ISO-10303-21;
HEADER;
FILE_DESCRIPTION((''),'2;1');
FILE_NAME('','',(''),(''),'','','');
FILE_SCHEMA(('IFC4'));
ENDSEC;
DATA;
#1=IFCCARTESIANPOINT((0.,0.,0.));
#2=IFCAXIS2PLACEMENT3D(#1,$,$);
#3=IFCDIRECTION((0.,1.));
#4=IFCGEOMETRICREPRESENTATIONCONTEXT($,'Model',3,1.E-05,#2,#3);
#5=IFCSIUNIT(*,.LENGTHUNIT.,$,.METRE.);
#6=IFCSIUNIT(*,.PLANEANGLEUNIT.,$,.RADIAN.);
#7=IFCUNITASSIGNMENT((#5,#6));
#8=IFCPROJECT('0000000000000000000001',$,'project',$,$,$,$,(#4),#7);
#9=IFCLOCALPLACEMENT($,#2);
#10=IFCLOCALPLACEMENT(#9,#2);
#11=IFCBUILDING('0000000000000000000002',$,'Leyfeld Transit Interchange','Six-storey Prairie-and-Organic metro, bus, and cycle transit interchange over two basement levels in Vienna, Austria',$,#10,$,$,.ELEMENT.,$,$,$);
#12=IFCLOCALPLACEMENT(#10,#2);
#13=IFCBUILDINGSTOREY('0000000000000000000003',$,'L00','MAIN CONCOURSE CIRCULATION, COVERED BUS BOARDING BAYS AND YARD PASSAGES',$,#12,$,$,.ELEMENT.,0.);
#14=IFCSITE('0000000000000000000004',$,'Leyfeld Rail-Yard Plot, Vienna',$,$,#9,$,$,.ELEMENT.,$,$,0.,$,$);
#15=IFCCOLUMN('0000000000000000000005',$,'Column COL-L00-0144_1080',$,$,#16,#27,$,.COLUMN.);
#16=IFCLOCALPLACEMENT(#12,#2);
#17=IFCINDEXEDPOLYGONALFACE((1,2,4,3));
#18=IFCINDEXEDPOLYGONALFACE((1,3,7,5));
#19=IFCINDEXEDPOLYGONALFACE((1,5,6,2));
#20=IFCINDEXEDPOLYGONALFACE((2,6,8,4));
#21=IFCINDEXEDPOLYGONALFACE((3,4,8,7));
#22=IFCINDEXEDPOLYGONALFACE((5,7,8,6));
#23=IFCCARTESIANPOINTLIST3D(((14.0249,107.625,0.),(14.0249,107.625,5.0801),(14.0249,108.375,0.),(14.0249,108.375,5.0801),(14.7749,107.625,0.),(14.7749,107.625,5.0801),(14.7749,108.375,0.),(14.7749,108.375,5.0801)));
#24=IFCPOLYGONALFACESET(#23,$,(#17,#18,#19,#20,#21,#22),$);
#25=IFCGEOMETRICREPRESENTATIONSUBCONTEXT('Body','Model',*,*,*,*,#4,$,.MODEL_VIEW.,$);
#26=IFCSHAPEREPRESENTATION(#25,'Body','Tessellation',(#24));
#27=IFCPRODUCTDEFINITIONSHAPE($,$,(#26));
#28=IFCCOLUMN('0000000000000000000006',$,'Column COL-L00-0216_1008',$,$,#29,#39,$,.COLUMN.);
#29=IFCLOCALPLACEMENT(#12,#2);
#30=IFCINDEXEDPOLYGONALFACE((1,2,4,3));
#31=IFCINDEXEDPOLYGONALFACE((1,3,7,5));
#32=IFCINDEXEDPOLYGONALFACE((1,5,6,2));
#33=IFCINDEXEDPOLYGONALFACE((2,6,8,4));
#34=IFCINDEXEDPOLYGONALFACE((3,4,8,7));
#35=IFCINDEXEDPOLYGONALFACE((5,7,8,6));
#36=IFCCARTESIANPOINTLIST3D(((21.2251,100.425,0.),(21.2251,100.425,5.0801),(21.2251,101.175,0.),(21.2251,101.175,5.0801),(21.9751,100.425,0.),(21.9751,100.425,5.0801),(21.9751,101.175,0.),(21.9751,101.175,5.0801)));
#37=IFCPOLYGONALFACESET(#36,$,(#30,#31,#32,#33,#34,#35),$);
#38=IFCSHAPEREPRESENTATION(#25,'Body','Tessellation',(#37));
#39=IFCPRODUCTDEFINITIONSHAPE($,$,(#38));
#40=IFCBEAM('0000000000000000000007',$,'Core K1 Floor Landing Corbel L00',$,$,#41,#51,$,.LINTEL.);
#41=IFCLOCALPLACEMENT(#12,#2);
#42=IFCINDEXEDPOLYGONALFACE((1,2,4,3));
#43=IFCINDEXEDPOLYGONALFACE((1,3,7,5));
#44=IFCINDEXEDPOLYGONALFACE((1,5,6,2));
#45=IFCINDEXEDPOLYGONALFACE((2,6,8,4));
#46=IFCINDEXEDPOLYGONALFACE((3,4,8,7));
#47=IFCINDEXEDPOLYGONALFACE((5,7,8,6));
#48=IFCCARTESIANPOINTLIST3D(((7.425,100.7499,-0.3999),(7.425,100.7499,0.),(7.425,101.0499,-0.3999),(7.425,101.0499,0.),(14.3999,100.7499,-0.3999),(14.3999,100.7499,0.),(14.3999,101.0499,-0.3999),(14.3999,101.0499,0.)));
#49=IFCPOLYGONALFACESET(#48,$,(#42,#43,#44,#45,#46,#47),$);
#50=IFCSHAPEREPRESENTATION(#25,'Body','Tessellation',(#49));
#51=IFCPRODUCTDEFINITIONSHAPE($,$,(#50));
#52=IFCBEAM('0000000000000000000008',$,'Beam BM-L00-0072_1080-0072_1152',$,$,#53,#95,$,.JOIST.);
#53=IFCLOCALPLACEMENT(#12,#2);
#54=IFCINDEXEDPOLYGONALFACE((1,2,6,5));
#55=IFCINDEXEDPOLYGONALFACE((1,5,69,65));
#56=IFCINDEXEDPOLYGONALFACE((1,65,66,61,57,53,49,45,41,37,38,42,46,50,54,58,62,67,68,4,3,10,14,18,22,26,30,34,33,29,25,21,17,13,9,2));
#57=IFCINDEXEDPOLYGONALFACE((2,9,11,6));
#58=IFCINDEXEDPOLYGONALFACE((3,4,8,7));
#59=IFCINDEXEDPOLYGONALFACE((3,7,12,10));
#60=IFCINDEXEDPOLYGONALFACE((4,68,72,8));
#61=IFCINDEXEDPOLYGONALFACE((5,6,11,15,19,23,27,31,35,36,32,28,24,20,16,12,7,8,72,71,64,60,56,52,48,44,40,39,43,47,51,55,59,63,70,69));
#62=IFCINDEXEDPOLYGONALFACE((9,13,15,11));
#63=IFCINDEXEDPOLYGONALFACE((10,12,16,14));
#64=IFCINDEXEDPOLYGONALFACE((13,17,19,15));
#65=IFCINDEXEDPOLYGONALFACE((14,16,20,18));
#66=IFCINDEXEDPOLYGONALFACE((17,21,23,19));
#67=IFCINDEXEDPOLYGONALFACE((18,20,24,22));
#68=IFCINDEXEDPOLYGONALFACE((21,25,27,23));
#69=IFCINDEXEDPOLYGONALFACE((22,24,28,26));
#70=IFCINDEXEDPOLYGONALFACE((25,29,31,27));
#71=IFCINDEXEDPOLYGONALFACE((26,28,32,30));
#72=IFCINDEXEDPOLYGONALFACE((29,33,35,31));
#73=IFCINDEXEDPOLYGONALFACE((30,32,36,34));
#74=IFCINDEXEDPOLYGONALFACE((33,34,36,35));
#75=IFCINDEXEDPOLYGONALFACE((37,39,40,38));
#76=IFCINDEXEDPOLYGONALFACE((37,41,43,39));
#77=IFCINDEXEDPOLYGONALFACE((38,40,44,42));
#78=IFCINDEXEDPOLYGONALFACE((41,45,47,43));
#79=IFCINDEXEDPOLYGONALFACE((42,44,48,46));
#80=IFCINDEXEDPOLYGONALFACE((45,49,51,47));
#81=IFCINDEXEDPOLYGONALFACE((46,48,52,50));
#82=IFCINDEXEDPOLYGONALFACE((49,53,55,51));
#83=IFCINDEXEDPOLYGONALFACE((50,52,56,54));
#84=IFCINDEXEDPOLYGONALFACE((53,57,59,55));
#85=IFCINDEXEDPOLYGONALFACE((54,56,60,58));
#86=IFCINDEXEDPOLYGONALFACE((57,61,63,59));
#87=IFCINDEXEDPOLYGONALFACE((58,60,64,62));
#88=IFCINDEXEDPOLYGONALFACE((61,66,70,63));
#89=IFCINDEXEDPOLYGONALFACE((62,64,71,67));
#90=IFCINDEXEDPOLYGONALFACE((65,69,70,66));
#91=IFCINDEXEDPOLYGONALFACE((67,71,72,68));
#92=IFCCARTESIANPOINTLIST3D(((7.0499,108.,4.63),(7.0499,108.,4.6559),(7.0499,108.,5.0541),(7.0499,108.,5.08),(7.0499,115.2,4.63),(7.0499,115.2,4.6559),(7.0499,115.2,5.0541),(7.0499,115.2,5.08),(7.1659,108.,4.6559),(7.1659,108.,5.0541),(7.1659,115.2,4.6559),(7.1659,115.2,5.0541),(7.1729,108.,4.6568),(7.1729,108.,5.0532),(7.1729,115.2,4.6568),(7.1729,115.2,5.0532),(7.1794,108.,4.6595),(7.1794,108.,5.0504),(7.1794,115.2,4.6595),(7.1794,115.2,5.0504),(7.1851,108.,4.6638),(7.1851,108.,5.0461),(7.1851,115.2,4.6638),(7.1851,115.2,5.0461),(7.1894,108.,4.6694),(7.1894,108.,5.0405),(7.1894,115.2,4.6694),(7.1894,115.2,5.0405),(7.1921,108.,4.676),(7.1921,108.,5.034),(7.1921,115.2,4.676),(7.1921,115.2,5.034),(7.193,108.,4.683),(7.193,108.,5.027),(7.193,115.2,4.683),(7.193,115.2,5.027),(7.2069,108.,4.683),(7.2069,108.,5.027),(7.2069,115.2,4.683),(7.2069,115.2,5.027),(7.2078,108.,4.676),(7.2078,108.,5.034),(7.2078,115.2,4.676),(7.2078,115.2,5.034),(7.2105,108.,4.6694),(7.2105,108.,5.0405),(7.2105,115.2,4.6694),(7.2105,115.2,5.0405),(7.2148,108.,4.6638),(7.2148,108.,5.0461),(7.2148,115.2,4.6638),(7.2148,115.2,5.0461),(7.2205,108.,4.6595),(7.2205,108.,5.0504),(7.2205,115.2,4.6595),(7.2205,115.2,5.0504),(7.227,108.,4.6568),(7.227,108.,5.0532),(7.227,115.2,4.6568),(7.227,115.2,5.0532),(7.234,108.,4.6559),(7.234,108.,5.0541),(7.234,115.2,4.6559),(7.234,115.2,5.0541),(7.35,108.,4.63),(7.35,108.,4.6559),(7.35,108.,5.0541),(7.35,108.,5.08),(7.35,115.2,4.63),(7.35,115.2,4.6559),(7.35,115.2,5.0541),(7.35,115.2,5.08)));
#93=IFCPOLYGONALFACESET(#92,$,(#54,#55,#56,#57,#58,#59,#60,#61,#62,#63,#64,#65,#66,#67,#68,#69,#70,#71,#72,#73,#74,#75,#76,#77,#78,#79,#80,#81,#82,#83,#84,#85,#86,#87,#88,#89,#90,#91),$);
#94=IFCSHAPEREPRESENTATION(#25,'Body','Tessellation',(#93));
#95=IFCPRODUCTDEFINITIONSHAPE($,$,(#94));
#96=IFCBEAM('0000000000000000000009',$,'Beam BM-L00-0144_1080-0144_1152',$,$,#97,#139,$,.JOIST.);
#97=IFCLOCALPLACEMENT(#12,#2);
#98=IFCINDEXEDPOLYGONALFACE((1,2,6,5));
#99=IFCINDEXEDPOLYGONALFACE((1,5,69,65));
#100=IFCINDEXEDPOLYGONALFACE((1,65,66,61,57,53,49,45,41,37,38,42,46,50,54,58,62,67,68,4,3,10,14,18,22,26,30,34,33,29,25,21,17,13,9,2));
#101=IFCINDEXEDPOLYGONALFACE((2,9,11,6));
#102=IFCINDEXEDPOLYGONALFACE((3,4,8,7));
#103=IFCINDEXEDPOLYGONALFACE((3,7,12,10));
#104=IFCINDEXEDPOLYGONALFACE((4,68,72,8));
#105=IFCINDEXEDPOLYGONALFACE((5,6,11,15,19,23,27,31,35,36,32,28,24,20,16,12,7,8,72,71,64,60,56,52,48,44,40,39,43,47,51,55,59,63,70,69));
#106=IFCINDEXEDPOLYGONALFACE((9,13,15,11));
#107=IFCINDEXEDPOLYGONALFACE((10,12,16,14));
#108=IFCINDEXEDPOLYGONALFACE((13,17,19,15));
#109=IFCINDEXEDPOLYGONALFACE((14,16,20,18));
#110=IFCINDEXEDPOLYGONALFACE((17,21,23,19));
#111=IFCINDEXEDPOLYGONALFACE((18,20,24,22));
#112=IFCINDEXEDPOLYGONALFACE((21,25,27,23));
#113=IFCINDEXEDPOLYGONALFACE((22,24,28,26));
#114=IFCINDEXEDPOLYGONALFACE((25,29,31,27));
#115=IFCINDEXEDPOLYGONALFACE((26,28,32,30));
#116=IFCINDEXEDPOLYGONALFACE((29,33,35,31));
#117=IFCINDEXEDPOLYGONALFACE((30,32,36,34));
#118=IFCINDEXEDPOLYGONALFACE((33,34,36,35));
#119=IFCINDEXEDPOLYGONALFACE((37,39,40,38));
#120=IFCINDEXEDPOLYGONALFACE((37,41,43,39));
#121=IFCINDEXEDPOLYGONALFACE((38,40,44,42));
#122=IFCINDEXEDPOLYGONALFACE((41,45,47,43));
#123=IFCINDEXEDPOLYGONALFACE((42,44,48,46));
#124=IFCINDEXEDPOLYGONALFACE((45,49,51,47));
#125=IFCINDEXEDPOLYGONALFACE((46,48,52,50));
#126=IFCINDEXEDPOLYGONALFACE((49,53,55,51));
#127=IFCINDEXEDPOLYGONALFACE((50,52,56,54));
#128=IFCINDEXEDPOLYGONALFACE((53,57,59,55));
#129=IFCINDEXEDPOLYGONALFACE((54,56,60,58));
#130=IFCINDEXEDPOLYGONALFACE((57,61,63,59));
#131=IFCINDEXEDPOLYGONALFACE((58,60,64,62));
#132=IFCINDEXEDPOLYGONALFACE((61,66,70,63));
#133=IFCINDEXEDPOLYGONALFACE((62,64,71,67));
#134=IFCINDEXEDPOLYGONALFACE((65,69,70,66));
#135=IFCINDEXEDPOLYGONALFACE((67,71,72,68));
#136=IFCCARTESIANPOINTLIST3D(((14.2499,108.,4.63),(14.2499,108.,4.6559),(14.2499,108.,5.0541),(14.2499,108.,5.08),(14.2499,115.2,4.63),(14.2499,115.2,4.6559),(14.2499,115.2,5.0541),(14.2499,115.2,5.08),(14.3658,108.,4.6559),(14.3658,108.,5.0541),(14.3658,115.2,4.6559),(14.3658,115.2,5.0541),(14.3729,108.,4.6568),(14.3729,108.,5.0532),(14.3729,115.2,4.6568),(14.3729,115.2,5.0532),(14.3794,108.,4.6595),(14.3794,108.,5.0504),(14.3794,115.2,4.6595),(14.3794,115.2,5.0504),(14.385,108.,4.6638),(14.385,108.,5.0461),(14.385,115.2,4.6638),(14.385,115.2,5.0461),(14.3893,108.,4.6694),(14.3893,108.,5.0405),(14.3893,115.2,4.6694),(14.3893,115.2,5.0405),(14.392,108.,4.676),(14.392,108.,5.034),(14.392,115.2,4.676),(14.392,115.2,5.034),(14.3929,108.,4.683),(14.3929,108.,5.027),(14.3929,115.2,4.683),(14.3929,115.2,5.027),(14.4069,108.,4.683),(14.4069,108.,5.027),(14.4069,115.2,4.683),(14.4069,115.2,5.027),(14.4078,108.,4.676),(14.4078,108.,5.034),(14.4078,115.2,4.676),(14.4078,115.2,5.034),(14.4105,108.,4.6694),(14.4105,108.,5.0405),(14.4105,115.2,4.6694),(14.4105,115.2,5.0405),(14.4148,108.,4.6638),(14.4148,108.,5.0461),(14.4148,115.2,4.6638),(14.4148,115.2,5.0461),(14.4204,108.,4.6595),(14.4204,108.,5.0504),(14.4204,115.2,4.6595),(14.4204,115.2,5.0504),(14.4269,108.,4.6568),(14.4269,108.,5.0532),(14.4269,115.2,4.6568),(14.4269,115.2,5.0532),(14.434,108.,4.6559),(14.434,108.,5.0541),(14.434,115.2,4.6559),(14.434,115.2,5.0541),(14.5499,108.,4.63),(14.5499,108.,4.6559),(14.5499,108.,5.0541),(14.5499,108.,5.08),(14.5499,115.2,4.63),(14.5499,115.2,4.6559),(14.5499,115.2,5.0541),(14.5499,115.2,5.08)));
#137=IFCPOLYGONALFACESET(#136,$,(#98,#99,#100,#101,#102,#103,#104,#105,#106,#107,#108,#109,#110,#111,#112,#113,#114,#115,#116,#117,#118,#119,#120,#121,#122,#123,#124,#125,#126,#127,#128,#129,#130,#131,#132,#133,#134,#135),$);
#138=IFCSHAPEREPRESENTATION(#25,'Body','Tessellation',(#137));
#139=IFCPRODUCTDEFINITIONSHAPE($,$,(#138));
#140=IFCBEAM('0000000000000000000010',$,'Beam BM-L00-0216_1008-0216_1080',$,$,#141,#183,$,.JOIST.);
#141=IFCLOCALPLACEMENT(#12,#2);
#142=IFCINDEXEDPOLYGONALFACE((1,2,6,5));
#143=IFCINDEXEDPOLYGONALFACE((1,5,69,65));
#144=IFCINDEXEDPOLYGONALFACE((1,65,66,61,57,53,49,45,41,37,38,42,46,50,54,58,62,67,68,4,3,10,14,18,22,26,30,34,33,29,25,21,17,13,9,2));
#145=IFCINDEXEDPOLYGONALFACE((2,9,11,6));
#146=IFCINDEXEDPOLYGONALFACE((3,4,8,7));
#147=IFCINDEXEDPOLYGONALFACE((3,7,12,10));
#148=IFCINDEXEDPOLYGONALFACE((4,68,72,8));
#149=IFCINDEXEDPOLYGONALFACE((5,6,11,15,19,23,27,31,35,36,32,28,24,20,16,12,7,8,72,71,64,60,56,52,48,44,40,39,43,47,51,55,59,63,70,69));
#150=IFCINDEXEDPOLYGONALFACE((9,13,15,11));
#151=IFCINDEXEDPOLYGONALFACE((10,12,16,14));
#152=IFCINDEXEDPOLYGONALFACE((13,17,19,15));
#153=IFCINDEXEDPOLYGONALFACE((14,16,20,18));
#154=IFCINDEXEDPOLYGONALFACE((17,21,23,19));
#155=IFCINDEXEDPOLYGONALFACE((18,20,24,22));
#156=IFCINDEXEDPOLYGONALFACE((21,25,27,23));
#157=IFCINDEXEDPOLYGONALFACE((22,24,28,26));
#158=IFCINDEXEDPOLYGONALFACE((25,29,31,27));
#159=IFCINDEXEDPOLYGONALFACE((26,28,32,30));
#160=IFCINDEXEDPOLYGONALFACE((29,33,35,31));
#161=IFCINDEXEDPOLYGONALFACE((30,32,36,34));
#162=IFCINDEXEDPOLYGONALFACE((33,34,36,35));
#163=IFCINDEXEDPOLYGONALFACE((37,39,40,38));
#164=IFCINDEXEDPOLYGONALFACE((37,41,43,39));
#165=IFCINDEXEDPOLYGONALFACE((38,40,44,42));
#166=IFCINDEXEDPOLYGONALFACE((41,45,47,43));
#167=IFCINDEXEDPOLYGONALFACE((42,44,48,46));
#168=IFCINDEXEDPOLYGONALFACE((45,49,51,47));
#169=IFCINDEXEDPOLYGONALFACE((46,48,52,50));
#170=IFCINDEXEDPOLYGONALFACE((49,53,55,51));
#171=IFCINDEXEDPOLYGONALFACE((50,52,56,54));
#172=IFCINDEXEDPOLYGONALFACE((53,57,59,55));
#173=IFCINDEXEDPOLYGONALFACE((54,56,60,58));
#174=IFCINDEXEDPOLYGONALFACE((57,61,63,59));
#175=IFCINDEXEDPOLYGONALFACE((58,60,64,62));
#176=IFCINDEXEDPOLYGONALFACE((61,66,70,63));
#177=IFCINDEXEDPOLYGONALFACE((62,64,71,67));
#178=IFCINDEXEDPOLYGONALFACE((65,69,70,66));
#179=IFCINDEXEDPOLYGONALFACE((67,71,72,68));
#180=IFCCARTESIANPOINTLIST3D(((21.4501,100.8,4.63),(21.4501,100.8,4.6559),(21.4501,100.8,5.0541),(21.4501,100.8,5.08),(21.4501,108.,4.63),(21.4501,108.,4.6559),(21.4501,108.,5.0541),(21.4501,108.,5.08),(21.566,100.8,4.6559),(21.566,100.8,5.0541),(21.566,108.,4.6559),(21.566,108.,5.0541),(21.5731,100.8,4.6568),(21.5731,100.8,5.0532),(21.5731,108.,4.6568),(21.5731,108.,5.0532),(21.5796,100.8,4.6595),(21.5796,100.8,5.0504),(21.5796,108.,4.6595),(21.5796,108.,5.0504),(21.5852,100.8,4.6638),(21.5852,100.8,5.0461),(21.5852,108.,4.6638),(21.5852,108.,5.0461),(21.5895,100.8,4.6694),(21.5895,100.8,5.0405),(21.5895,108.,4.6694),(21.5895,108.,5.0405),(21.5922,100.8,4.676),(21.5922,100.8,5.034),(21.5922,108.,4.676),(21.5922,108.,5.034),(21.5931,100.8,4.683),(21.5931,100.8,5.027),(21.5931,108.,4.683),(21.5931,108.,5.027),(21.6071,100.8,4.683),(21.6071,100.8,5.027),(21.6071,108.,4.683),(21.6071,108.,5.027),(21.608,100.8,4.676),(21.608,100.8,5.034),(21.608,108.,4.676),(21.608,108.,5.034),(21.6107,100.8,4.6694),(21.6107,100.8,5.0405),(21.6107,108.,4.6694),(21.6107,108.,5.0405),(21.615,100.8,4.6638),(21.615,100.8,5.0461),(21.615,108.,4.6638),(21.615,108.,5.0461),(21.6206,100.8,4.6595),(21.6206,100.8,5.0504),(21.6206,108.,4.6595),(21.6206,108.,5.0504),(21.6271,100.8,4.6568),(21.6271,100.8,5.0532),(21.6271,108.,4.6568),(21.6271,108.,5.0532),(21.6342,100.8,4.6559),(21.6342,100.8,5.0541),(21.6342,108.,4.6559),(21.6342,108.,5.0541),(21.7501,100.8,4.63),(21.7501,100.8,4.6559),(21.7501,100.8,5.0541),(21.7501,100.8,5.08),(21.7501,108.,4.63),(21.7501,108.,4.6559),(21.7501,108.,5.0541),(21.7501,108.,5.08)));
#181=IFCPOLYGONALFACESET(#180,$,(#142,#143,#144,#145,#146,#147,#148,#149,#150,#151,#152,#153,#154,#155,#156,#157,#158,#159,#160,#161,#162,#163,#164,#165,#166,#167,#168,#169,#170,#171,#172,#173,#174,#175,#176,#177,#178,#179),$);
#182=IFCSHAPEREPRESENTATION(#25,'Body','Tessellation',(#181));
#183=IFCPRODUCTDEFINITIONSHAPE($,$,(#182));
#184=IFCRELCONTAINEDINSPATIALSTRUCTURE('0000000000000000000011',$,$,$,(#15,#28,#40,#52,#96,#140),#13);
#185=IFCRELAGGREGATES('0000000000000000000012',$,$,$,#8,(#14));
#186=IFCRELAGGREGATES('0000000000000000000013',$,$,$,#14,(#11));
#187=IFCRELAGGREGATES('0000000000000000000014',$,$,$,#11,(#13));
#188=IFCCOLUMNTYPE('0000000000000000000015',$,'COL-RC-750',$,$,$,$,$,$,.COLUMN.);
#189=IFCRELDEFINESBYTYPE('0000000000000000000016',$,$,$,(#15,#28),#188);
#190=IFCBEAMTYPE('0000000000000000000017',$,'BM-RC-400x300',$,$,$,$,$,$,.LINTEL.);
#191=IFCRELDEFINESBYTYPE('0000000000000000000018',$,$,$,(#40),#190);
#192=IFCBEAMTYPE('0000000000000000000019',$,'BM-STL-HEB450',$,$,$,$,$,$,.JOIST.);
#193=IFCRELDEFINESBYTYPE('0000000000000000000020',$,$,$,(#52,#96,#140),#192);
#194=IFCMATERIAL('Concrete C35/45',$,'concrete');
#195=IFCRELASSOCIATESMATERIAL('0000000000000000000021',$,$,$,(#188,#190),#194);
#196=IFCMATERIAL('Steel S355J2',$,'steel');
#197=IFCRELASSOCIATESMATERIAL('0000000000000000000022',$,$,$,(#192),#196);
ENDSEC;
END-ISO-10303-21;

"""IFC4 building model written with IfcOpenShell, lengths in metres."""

from ifc_helpers import new_model, si_unit, direction, frame, origin, origin_2d, place, context, subcontext, project, spatial, rectangle, i_section, extrude, material, material_profile, profile_set, type_object, element, save


model = new_model("IFC4")

# Units and contexts
model_context = context("Model", 3, precision=1e-05, world=origin(), true_north=direction((0.0, 1.0)))
body_context = subcontext(model_context, "Body", "Model", "MODEL_VIEW")
ifc_project = project(units=[si_unit("LENGTHUNIT", "METRE"), si_unit("PLANEANGLEUNIT", "RADIAN")], contexts=[model_context])

# Site, building, storey
site_placement = place(None, origin())
site = spatial("IfcSite", under=ifc_project, at=site_placement, Name="Leyfeld Rail-Yard Plot, Vienna", CompositionType="ELEMENT", RefElevation=0.0)
building_placement = place(site_placement, origin())
building = spatial("IfcBuilding", under=site, at=building_placement, Name="Leyfeld Transit Interchange", Description="Six-storey Prairie-and-Organic metro, bus, and cycle transit interchange over two basement levels in Vienna, Austria", CompositionType="ELEMENT")
storey_placement = place(building_placement, origin())
storey = spatial("IfcBuildingStorey", under=building, at=storey_placement, Name="L00", Description="MAIN CONCOURSE CIRCULATION, COVERED BUS BOARDING BAYS AND YARD PASSAGES", CompositionType="ELEMENT", Elevation=0.0)

# Columns
ifc_material_1 = material(Name="Concrete C35/45", Category="concrete")
ifc_material_profile_1 = material_profile(ifc_material_1, rectangle(XDim=0.75, YDim=0.75, at=origin_2d()), Name="RC 750x750")
ifc_profile_set_1 = profile_set([ifc_material_profile_1], Name="Concrete C35/45")
column_type = type_object("IfcColumnType", Name="COL-RC-750", PredefinedType="COLUMN", material=ifc_profile_set_1)
for number, where, z_axis, x_axis, name in (
    (1, (14.3999, 108.0, 0.0), (0.0, 0.0, 1.0), (1.0, 0.0, 0.0), "Column COL-L00-0144_1080"),
    (2, (21.6001, 100.8, 0.0), (0.0, 0.0, 1.0), (1.0, 0.0, 0.0), "Column COL-L00-0216_1008"),
):
    element("IfcColumn", number, at=place(storey_placement, frame(where, z_axis=z_axis, x_axis=x_axis)), inside=storey, type_object=column_type, Name=name, PredefinedType="COLUMN", context=body_context, shape_type="SweptSolid", body=[
        extrude(rectangle(XDim=0.75, YDim=0.75, at=origin_2d()), origin(), (0.0, 0.0, 1.0), 5.0801),
    ])

# Beams
ifc_material_profile_2 = material_profile(ifc_material_1, rectangle(XDim=0.3, YDim=0.3999, at=origin_2d()), Name="RC 400x300")
ifc_profile_set_2 = profile_set([ifc_material_profile_2], Name="Concrete C35/45")
beam_type_1 = type_object("IfcBeamType", Name="BM-RC-400x300", PredefinedType="LINTEL", material=ifc_profile_set_2)
beam_placement = place(storey_placement, frame((7.425, 100.8999, -0.2), z_axis=(1.0, 0.0, 0.0), x_axis=(0.0, 1.0, 0.0)))
element("IfcBeam", 3, at=beam_placement, inside=storey, type_object=beam_type_1, Name="Core K1 Floor Landing Corbel L00", PredefinedType="LINTEL", context=body_context, shape_type="SweptSolid", body=[
    extrude(rectangle(XDim=0.3, YDim=0.3999, at=origin_2d()), origin(), (0.0, 0.0, 1.0), 6.9749),
])
ifc_material_2 = material(Name="Steel S355J2", Category="steel")
ifc_material_profile_3 = material_profile(ifc_material_2, i_section(OverallWidth=0.3, OverallDepth=0.45, WebThickness=0.0139, FlangeThickness=0.0259, FilletRadius=0.0271, at=origin_2d()), Name="HEB 450")
ifc_profile_set_3 = profile_set([ifc_material_profile_3], Name="Steel S355J2")
beam_type_2 = type_object("IfcBeamType", Name="BM-STL-HEB450", PredefinedType="JOIST", material=ifc_profile_set_3)
for number, where, z_axis, x_axis, name in (
    (4, (7.2, 108.0, 4.855), (0.0, 1.0, 0.0), (-1.0, 0.0, 0.0), "Beam BM-L00-0072_1080-0072_1152"),
    (5, (14.3999, 108.0, 4.855), (0.0, 1.0, 0.0), (-1.0, 0.0, 0.0), "Beam BM-L00-0144_1080-0144_1152"),
    (6, (21.6001, 100.8, 4.855), (0.0, 1.0, 0.0), (-1.0, 0.0, 0.0), "Beam BM-L00-0216_1008-0216_1080"),
):
    element("IfcBeam", number, at=place(storey_placement, frame(where, z_axis=z_axis, x_axis=x_axis)), inside=storey, type_object=beam_type_2, Name=name, PredefinedType="JOIST", context=body_context, shape_type="SweptSolid", body=[
        extrude(i_section(OverallWidth=0.3, OverallDepth=0.45, WebThickness=0.0139, FlangeThickness=0.0259, FilletRadius=0.0271, at=origin_2d()), origin(), (0.0, 0.0, 1.0), 7.2),
    ])

save(model, "model.ifc")
